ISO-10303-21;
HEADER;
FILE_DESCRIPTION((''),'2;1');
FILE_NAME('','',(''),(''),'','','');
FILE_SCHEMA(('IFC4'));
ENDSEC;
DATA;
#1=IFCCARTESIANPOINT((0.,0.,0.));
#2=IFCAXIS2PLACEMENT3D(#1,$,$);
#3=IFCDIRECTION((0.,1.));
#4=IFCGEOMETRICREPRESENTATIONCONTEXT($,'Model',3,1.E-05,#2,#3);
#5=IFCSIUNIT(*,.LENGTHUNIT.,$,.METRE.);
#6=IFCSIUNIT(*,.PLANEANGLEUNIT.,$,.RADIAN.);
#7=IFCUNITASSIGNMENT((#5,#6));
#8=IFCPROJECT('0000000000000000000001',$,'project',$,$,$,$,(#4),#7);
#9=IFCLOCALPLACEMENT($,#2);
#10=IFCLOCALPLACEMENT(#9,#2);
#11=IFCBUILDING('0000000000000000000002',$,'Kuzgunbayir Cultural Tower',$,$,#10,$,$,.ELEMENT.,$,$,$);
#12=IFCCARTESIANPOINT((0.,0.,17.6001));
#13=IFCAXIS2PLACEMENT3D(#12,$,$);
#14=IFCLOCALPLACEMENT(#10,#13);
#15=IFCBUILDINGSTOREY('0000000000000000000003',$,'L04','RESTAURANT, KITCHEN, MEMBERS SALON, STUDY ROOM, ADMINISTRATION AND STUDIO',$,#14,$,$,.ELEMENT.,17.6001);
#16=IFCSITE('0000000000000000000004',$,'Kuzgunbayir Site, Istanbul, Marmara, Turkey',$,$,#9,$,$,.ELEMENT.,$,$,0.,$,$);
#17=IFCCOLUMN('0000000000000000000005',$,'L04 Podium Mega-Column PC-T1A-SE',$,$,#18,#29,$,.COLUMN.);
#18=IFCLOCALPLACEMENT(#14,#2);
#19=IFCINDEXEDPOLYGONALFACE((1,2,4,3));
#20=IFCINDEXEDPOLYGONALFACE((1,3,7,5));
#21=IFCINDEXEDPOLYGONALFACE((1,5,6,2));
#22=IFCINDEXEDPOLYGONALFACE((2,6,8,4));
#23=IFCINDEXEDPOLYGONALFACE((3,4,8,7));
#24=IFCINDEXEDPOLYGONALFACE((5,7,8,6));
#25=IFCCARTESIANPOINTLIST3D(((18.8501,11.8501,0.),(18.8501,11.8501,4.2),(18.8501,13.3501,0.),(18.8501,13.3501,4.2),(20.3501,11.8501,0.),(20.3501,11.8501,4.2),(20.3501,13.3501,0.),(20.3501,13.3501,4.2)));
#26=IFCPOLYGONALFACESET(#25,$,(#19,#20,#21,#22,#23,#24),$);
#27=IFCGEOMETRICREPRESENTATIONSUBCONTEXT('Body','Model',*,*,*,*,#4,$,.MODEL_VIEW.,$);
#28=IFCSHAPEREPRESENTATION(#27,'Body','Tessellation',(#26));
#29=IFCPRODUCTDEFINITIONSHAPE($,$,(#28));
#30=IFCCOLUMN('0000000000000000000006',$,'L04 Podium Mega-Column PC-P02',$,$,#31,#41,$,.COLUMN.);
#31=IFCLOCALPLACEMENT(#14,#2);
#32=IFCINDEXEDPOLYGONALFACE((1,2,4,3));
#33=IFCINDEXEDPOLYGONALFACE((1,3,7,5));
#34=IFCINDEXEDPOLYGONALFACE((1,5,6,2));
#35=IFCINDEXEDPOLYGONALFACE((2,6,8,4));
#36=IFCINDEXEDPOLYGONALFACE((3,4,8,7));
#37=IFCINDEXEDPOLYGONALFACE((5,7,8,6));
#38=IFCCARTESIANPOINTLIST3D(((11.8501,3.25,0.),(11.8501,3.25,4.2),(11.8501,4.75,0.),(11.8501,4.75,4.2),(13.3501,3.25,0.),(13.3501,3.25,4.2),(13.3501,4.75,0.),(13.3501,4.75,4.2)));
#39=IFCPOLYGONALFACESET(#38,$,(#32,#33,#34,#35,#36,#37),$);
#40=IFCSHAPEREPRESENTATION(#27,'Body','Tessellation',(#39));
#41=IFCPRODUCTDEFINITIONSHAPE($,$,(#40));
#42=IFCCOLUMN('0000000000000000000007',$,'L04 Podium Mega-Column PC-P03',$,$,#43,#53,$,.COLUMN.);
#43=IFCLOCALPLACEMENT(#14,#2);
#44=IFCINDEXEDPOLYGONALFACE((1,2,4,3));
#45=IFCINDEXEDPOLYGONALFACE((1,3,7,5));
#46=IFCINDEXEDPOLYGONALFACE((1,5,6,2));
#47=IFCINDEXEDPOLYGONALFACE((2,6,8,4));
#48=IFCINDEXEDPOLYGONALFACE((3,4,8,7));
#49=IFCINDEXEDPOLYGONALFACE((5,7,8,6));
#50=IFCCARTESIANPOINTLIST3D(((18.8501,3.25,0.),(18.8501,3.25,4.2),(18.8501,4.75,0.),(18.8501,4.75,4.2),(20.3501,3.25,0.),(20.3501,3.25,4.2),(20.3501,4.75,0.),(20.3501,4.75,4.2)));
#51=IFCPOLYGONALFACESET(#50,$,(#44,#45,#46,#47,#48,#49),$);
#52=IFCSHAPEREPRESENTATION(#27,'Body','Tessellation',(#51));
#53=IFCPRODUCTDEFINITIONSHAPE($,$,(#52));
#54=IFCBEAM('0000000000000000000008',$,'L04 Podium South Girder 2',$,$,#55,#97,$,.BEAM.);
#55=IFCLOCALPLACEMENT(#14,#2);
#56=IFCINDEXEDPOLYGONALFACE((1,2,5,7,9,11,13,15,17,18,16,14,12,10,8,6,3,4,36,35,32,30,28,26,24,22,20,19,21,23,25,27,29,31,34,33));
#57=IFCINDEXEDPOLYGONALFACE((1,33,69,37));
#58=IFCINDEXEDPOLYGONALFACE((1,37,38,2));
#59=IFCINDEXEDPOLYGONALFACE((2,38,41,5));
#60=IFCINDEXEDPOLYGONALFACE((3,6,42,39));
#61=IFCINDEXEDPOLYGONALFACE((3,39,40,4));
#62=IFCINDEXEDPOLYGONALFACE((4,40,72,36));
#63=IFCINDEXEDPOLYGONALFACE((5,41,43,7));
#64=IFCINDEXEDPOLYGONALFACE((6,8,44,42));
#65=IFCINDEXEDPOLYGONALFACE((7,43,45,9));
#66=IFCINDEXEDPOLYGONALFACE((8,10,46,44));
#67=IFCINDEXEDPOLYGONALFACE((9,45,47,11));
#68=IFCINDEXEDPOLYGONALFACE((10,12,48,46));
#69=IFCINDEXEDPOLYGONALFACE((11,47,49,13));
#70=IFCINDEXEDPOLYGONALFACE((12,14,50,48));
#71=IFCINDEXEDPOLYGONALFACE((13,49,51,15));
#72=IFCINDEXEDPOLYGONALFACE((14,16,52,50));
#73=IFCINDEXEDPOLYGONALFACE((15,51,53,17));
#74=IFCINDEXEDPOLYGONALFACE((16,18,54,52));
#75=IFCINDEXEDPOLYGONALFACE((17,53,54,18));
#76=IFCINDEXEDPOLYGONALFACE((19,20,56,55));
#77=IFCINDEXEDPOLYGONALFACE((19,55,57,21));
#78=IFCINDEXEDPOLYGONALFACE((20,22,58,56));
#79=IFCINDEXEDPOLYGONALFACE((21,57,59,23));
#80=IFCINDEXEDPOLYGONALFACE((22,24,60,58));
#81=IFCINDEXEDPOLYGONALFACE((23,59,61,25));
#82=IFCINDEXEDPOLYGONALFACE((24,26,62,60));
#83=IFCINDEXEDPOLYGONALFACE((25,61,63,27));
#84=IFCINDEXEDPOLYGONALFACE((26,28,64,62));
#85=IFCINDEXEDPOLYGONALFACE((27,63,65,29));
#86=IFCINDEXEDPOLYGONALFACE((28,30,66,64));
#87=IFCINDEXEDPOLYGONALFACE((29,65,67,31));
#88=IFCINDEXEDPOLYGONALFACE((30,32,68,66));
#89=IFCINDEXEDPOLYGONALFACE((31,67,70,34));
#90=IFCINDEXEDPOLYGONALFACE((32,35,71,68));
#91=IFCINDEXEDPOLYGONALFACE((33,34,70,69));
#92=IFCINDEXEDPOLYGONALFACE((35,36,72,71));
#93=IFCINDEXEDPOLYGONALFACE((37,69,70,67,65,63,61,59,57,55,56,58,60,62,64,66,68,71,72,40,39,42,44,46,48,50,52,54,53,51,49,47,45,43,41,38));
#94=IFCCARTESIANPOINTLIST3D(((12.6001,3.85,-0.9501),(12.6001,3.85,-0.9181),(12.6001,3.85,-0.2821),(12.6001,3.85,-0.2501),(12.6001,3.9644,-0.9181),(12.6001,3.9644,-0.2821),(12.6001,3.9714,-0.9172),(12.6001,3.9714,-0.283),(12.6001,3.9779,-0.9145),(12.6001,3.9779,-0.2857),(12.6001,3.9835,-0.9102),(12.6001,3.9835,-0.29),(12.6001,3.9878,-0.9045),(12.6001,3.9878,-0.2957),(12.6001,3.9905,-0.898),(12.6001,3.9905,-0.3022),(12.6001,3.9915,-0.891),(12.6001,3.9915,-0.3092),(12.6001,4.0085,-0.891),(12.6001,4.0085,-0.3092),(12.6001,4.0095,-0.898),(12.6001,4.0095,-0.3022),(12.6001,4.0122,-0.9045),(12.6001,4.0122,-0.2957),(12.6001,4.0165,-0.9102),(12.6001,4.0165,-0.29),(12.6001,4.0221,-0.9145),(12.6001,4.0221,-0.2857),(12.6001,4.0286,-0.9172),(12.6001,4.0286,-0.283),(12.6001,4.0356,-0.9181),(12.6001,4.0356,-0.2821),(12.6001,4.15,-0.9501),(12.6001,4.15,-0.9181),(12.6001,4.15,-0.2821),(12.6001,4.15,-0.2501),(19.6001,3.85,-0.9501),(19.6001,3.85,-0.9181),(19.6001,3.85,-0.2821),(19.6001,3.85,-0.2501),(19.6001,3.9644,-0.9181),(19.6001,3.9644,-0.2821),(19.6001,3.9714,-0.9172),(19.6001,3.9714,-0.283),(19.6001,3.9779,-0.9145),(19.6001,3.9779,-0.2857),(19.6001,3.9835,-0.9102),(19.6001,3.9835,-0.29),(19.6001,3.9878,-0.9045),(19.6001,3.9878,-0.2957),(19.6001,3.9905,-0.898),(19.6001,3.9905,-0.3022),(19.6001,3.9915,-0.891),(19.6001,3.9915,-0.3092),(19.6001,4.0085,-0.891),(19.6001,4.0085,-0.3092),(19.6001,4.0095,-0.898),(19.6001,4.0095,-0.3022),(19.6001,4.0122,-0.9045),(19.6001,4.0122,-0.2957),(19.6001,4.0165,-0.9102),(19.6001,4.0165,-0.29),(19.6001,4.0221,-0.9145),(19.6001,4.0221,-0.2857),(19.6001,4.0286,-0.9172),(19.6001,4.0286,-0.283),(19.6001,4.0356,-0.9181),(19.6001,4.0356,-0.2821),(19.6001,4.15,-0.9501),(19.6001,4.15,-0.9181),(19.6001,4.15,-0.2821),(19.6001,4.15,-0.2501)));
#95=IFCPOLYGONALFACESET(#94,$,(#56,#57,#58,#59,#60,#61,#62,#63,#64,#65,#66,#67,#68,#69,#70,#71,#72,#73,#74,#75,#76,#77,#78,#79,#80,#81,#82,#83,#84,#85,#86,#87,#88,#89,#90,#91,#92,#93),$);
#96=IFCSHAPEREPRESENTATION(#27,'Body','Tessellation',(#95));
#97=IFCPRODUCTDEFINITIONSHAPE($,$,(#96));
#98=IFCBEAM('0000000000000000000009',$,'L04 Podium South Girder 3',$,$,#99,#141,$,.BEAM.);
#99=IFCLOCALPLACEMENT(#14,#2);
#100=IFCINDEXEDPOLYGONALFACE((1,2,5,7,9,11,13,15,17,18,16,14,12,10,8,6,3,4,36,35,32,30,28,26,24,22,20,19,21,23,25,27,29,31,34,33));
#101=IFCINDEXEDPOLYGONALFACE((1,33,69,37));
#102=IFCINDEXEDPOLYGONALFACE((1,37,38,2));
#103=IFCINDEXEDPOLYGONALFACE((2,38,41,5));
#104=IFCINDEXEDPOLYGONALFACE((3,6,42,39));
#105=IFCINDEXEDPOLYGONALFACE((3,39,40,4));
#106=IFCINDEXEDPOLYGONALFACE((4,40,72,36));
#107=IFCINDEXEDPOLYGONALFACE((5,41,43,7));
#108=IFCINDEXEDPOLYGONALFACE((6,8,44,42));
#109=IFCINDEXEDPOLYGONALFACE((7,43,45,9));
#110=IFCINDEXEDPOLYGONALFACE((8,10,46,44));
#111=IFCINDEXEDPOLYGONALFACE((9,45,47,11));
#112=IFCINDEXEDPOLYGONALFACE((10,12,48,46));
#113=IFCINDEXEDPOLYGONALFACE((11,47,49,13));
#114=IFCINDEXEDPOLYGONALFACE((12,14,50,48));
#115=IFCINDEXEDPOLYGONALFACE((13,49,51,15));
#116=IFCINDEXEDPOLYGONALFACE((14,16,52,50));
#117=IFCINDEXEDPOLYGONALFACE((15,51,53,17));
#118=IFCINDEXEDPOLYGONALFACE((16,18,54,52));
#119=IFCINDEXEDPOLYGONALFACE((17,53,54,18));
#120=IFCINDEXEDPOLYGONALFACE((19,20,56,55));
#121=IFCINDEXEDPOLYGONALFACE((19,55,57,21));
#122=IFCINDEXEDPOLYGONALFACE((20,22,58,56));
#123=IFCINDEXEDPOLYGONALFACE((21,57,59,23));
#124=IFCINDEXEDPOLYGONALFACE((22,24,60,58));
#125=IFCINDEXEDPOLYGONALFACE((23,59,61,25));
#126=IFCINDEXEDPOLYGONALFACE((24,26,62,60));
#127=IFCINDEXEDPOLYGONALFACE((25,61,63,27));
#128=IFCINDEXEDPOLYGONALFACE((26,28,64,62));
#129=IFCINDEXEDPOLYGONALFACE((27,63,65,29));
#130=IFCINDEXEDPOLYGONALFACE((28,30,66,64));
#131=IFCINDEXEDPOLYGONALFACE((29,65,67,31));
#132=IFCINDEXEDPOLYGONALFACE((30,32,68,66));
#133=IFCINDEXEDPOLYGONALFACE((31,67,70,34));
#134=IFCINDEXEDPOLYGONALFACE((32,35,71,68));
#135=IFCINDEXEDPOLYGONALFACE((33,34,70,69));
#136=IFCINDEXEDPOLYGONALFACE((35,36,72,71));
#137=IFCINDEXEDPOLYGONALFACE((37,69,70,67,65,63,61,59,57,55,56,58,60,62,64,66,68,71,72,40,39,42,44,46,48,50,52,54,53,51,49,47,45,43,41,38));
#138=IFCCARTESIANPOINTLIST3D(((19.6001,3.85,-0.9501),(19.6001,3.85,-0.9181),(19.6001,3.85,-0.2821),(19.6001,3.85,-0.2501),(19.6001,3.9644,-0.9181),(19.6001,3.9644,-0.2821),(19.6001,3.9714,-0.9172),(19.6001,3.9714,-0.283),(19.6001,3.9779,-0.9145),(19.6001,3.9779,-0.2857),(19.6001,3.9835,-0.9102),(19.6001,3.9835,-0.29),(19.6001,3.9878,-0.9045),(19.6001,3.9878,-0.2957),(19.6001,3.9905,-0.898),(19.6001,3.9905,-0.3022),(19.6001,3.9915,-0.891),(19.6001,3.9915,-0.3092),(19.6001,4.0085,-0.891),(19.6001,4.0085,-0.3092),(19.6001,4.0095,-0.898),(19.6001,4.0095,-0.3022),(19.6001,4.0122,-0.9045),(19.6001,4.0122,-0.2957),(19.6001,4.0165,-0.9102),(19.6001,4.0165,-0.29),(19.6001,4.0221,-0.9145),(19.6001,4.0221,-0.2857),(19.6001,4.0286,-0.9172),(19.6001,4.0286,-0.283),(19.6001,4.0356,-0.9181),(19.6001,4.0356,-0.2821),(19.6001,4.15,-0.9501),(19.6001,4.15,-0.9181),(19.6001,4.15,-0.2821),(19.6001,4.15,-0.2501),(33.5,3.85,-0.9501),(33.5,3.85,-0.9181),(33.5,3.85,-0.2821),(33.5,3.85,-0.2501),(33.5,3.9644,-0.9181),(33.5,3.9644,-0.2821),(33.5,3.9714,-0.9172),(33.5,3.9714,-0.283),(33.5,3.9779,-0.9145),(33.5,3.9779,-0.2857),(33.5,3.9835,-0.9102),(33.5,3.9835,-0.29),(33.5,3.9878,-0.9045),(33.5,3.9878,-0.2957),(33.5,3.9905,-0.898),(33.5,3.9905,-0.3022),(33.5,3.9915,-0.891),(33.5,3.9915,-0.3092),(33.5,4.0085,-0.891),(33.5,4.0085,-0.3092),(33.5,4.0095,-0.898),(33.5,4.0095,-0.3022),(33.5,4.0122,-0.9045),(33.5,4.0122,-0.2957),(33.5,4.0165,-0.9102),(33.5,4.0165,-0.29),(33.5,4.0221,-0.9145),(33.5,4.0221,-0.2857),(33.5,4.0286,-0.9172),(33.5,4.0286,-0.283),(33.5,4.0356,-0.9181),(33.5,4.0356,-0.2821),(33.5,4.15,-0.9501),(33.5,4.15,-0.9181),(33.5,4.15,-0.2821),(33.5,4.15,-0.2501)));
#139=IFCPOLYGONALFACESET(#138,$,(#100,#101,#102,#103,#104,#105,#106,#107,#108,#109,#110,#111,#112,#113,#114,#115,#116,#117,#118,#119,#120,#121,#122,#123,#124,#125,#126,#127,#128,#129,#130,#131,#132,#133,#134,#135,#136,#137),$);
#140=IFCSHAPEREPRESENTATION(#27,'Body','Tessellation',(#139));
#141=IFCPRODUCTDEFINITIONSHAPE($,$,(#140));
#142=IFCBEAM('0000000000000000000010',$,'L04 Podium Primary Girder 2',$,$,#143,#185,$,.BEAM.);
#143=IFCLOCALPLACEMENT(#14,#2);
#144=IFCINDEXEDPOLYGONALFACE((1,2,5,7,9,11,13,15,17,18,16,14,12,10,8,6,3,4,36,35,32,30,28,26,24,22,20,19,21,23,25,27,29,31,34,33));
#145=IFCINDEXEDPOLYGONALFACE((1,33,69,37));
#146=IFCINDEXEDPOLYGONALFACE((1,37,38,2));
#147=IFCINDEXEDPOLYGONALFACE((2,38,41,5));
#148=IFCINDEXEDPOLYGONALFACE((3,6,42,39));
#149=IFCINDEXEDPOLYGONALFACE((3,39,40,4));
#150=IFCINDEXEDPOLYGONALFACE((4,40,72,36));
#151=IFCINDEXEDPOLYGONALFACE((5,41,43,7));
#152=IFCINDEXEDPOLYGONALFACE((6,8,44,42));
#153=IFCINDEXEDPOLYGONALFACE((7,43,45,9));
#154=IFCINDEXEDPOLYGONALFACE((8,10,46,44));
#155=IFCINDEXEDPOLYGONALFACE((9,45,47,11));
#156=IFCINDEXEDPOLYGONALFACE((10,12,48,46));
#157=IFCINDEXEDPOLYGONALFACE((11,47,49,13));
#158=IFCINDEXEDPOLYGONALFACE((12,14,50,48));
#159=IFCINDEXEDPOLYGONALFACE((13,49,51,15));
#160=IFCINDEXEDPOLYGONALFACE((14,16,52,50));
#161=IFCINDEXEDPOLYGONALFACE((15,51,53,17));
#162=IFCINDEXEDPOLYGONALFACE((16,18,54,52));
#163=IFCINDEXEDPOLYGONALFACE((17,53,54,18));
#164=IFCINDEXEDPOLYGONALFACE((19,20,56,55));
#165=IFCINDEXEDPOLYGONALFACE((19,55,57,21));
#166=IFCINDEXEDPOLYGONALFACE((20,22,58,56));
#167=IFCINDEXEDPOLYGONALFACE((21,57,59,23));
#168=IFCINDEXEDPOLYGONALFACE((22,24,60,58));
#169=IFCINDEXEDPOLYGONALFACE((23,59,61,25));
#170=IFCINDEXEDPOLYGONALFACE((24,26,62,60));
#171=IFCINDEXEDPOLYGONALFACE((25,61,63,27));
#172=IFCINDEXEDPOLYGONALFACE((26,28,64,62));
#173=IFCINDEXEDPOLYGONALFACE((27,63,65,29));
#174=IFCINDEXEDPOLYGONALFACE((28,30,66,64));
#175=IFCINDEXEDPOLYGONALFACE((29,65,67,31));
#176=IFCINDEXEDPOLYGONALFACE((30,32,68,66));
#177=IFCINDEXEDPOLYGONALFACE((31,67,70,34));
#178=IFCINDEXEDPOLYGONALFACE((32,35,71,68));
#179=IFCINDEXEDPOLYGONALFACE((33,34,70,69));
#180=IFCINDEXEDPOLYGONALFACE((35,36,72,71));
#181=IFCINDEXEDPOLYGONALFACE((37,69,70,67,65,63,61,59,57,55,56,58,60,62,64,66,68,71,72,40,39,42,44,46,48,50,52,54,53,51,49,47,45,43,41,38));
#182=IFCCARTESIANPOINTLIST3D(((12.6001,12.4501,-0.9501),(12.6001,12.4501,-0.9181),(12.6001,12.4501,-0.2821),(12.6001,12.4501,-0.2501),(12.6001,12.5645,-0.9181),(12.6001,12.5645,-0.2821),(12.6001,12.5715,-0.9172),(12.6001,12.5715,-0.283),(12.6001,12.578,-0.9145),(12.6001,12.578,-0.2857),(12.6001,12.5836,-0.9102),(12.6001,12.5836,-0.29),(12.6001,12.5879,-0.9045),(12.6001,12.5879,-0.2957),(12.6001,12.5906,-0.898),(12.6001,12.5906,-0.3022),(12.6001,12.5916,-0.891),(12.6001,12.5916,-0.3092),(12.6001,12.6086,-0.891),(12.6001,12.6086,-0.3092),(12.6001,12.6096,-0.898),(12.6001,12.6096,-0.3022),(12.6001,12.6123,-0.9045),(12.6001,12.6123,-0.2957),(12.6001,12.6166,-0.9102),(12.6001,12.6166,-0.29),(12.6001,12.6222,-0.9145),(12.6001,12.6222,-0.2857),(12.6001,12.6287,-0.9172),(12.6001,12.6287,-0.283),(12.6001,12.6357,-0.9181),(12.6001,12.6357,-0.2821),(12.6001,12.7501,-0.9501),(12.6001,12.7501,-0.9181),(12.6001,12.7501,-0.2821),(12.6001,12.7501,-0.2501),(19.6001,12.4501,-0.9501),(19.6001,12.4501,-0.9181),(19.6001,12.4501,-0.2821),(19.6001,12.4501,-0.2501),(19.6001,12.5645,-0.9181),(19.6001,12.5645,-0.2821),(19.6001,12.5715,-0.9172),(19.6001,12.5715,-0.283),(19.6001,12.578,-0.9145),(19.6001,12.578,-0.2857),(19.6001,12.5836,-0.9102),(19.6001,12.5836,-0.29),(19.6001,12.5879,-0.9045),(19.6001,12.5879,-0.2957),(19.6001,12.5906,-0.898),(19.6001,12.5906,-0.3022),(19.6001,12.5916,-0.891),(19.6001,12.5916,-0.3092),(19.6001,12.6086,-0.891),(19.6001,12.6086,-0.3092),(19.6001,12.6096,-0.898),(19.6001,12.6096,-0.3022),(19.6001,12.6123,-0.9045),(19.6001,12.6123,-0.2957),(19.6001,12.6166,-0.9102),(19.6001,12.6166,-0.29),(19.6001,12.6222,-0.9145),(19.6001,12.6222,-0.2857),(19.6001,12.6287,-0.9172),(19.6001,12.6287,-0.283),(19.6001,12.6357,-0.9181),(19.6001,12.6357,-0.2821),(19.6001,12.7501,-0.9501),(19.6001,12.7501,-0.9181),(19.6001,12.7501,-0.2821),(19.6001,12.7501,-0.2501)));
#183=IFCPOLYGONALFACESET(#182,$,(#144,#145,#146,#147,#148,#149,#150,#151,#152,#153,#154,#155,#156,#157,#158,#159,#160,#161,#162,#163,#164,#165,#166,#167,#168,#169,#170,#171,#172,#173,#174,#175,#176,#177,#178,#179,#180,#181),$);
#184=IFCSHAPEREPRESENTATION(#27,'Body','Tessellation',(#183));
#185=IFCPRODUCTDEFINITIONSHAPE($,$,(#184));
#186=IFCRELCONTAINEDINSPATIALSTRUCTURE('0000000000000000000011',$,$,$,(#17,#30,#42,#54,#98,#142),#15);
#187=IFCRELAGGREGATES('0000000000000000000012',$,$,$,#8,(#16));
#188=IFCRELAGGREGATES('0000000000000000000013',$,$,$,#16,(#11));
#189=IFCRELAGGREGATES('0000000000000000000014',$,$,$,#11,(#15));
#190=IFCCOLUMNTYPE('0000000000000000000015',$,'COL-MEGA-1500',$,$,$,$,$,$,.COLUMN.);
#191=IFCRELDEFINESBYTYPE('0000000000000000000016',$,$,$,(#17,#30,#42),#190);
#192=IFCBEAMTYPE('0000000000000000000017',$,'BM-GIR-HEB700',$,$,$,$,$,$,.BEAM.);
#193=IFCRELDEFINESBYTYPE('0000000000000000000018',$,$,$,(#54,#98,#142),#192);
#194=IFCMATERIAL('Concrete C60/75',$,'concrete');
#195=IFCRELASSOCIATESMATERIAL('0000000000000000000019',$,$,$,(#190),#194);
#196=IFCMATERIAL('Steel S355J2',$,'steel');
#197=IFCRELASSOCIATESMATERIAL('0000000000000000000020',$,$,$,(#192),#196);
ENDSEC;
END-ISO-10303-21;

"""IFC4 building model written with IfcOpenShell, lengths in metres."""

from ifc_helpers import new_model, si_unit, direction, frame, origin, origin_2d, place, context, subcontext, project, spatial, rectangle, i_section, extrude, material, material_profile, profile_set, type_object, element, save


model = new_model("IFC4")

# Units and contexts
model_context = context("Model", 3, precision=1e-05, world=origin(), true_north=direction((0.0, 1.0)))
body_context = subcontext(model_context, "Body", "Model", "MODEL_VIEW")
ifc_project = project(units=[si_unit("LENGTHUNIT", "METRE"), si_unit("PLANEANGLEUNIT", "RADIAN")], contexts=[model_context])

# Site, building, storey
site_placement = place(None, origin())
site = spatial("IfcSite", under=ifc_project, at=site_placement, Name="Kuzgunbayir Site, Istanbul, Marmara, Turkey", CompositionType="ELEMENT", RefElevation=0.0)
building_placement = place(site_placement, origin())
building = spatial("IfcBuilding", under=site, at=building_placement, Name="Kuzgunbayir Cultural Tower", CompositionType="ELEMENT")
storey_placement = place(building_placement, frame((0.0, 0.0, 17.6001)))
storey = spatial("IfcBuildingStorey", under=building, at=storey_placement, Name="L04", Description="RESTAURANT, KITCHEN, MEMBERS SALON, STUDY ROOM, ADMINISTRATION AND STUDIO", CompositionType="ELEMENT", Elevation=17.6001)

# Columns
ifc_material_1 = material(Name="Concrete C60/75", Category="concrete")
ifc_material_profile_1 = material_profile(ifc_material_1, rectangle(XDim=1.5, YDim=1.5, at=origin_2d()), Name="RC 1500x1500")
ifc_profile_set_1 = profile_set([ifc_material_profile_1], Name="Concrete C60/75")
column_type = type_object("IfcColumnType", Name="COL-MEGA-1500", PredefinedType="COLUMN", material=ifc_profile_set_1)
for number, where, z_axis, x_axis, name in (
    (1, (19.6001, 12.6001, 0.0), (0.0, 0.0, 1.0), (1.0, 0.0, 0.0), "L04 Podium Mega-Column PC-T1A-SE"),
    (2, (12.6001, 4.0, 0.0), (0.0, 0.0, 1.0), (1.0, 0.0, 0.0), "L04 Podium Mega-Column PC-P02"),
    (3, (19.6001, 4.0, 0.0), (0.0, 0.0, 1.0), (1.0, 0.0, 0.0), "L04 Podium Mega-Column PC-P03"),
):
    element("IfcColumn", number, at=place(storey_placement, frame(where, z_axis=z_axis, x_axis=x_axis)), inside=storey, type_object=column_type, Name=name, PredefinedType="COLUMN", context=body_context, shape_type="SweptSolid", body=[
        extrude(rectangle(XDim=1.5, YDim=1.5, at=origin_2d()), origin(), (0.0, 0.0, 1.0), 4.2),
    ])

# Beams
ifc_material_2 = material(Name="Steel S355J2", Category="steel")
ifc_material_profile_2 = material_profile(ifc_material_2, i_section(OverallWidth=0.3, OverallDepth=0.7, WebThickness=0.0171, FlangeThickness=0.032, FilletRadius=0.0271, at=origin_2d()), Name="HEB 700")
ifc_profile_set_2 = profile_set([ifc_material_profile_2], Name="Steel S355J2")
beam_type_1 = type_object("IfcBeamType", Name="BM-GIR-HEB700", PredefinedType="BEAM", material=ifc_profile_set_2)
beam_1_placement = place(storey_placement, frame((12.6001, 4.0, -0.6001), z_axis=(1.0, 0.0, 0.0), x_axis=(0.0, 1.0, 0.0)))
element("IfcBeam", 4, at=beam_1_placement, inside=storey, type_object=beam_type_1, Name="L04 Podium South Girder 2", PredefinedType="BEAM", context=body_context, shape_type="SweptSolid", body=[
    extrude(i_section(OverallWidth=0.3, OverallDepth=0.7, WebThickness=0.0171, FlangeThickness=0.032, FilletRadius=0.0271, at=origin_2d()), origin(), (0.0, 0.0, 1.0), 7.0),
])
beam_2_placement = place(storey_placement, frame((19.6001, 4.0, -0.6001), z_axis=(1.0, 0.0, 0.0), x_axis=(0.0, 1.0, 0.0)))
element("IfcBeam", 5, at=beam_2_placement, inside=storey, type_object=beam_type_1, Name="L04 Podium South Girder 3", PredefinedType="BEAM", context=body_context, shape_type="SweptSolid", body=[
    extrude(i_section(OverallWidth=0.3, OverallDepth=0.7, WebThickness=0.0171, FlangeThickness=0.032, FilletRadius=0.0271, at=origin_2d()), origin(), (0.0, 0.0, 1.0), 13.8999),
])
beam_3_placement = place(storey_placement, frame((12.6001, 12.6001, -0.6001), z_axis=(1.0, 0.0, 0.0), x_axis=(0.0, 1.0, 0.0)))
element("IfcBeam", 6, at=beam_3_placement, inside=storey, type_object=beam_type_1, Name="L04 Podium Primary Girder 2", PredefinedType="BEAM", context=body_context, shape_type="SweptSolid", body=[
    extrude(i_section(OverallWidth=0.3, OverallDepth=0.7, WebThickness=0.0171, FlangeThickness=0.032, FilletRadius=0.0271, at=origin_2d()), origin(), (0.0, 0.0, 1.0), 7.0),
])

save(model, "model.ifc")
